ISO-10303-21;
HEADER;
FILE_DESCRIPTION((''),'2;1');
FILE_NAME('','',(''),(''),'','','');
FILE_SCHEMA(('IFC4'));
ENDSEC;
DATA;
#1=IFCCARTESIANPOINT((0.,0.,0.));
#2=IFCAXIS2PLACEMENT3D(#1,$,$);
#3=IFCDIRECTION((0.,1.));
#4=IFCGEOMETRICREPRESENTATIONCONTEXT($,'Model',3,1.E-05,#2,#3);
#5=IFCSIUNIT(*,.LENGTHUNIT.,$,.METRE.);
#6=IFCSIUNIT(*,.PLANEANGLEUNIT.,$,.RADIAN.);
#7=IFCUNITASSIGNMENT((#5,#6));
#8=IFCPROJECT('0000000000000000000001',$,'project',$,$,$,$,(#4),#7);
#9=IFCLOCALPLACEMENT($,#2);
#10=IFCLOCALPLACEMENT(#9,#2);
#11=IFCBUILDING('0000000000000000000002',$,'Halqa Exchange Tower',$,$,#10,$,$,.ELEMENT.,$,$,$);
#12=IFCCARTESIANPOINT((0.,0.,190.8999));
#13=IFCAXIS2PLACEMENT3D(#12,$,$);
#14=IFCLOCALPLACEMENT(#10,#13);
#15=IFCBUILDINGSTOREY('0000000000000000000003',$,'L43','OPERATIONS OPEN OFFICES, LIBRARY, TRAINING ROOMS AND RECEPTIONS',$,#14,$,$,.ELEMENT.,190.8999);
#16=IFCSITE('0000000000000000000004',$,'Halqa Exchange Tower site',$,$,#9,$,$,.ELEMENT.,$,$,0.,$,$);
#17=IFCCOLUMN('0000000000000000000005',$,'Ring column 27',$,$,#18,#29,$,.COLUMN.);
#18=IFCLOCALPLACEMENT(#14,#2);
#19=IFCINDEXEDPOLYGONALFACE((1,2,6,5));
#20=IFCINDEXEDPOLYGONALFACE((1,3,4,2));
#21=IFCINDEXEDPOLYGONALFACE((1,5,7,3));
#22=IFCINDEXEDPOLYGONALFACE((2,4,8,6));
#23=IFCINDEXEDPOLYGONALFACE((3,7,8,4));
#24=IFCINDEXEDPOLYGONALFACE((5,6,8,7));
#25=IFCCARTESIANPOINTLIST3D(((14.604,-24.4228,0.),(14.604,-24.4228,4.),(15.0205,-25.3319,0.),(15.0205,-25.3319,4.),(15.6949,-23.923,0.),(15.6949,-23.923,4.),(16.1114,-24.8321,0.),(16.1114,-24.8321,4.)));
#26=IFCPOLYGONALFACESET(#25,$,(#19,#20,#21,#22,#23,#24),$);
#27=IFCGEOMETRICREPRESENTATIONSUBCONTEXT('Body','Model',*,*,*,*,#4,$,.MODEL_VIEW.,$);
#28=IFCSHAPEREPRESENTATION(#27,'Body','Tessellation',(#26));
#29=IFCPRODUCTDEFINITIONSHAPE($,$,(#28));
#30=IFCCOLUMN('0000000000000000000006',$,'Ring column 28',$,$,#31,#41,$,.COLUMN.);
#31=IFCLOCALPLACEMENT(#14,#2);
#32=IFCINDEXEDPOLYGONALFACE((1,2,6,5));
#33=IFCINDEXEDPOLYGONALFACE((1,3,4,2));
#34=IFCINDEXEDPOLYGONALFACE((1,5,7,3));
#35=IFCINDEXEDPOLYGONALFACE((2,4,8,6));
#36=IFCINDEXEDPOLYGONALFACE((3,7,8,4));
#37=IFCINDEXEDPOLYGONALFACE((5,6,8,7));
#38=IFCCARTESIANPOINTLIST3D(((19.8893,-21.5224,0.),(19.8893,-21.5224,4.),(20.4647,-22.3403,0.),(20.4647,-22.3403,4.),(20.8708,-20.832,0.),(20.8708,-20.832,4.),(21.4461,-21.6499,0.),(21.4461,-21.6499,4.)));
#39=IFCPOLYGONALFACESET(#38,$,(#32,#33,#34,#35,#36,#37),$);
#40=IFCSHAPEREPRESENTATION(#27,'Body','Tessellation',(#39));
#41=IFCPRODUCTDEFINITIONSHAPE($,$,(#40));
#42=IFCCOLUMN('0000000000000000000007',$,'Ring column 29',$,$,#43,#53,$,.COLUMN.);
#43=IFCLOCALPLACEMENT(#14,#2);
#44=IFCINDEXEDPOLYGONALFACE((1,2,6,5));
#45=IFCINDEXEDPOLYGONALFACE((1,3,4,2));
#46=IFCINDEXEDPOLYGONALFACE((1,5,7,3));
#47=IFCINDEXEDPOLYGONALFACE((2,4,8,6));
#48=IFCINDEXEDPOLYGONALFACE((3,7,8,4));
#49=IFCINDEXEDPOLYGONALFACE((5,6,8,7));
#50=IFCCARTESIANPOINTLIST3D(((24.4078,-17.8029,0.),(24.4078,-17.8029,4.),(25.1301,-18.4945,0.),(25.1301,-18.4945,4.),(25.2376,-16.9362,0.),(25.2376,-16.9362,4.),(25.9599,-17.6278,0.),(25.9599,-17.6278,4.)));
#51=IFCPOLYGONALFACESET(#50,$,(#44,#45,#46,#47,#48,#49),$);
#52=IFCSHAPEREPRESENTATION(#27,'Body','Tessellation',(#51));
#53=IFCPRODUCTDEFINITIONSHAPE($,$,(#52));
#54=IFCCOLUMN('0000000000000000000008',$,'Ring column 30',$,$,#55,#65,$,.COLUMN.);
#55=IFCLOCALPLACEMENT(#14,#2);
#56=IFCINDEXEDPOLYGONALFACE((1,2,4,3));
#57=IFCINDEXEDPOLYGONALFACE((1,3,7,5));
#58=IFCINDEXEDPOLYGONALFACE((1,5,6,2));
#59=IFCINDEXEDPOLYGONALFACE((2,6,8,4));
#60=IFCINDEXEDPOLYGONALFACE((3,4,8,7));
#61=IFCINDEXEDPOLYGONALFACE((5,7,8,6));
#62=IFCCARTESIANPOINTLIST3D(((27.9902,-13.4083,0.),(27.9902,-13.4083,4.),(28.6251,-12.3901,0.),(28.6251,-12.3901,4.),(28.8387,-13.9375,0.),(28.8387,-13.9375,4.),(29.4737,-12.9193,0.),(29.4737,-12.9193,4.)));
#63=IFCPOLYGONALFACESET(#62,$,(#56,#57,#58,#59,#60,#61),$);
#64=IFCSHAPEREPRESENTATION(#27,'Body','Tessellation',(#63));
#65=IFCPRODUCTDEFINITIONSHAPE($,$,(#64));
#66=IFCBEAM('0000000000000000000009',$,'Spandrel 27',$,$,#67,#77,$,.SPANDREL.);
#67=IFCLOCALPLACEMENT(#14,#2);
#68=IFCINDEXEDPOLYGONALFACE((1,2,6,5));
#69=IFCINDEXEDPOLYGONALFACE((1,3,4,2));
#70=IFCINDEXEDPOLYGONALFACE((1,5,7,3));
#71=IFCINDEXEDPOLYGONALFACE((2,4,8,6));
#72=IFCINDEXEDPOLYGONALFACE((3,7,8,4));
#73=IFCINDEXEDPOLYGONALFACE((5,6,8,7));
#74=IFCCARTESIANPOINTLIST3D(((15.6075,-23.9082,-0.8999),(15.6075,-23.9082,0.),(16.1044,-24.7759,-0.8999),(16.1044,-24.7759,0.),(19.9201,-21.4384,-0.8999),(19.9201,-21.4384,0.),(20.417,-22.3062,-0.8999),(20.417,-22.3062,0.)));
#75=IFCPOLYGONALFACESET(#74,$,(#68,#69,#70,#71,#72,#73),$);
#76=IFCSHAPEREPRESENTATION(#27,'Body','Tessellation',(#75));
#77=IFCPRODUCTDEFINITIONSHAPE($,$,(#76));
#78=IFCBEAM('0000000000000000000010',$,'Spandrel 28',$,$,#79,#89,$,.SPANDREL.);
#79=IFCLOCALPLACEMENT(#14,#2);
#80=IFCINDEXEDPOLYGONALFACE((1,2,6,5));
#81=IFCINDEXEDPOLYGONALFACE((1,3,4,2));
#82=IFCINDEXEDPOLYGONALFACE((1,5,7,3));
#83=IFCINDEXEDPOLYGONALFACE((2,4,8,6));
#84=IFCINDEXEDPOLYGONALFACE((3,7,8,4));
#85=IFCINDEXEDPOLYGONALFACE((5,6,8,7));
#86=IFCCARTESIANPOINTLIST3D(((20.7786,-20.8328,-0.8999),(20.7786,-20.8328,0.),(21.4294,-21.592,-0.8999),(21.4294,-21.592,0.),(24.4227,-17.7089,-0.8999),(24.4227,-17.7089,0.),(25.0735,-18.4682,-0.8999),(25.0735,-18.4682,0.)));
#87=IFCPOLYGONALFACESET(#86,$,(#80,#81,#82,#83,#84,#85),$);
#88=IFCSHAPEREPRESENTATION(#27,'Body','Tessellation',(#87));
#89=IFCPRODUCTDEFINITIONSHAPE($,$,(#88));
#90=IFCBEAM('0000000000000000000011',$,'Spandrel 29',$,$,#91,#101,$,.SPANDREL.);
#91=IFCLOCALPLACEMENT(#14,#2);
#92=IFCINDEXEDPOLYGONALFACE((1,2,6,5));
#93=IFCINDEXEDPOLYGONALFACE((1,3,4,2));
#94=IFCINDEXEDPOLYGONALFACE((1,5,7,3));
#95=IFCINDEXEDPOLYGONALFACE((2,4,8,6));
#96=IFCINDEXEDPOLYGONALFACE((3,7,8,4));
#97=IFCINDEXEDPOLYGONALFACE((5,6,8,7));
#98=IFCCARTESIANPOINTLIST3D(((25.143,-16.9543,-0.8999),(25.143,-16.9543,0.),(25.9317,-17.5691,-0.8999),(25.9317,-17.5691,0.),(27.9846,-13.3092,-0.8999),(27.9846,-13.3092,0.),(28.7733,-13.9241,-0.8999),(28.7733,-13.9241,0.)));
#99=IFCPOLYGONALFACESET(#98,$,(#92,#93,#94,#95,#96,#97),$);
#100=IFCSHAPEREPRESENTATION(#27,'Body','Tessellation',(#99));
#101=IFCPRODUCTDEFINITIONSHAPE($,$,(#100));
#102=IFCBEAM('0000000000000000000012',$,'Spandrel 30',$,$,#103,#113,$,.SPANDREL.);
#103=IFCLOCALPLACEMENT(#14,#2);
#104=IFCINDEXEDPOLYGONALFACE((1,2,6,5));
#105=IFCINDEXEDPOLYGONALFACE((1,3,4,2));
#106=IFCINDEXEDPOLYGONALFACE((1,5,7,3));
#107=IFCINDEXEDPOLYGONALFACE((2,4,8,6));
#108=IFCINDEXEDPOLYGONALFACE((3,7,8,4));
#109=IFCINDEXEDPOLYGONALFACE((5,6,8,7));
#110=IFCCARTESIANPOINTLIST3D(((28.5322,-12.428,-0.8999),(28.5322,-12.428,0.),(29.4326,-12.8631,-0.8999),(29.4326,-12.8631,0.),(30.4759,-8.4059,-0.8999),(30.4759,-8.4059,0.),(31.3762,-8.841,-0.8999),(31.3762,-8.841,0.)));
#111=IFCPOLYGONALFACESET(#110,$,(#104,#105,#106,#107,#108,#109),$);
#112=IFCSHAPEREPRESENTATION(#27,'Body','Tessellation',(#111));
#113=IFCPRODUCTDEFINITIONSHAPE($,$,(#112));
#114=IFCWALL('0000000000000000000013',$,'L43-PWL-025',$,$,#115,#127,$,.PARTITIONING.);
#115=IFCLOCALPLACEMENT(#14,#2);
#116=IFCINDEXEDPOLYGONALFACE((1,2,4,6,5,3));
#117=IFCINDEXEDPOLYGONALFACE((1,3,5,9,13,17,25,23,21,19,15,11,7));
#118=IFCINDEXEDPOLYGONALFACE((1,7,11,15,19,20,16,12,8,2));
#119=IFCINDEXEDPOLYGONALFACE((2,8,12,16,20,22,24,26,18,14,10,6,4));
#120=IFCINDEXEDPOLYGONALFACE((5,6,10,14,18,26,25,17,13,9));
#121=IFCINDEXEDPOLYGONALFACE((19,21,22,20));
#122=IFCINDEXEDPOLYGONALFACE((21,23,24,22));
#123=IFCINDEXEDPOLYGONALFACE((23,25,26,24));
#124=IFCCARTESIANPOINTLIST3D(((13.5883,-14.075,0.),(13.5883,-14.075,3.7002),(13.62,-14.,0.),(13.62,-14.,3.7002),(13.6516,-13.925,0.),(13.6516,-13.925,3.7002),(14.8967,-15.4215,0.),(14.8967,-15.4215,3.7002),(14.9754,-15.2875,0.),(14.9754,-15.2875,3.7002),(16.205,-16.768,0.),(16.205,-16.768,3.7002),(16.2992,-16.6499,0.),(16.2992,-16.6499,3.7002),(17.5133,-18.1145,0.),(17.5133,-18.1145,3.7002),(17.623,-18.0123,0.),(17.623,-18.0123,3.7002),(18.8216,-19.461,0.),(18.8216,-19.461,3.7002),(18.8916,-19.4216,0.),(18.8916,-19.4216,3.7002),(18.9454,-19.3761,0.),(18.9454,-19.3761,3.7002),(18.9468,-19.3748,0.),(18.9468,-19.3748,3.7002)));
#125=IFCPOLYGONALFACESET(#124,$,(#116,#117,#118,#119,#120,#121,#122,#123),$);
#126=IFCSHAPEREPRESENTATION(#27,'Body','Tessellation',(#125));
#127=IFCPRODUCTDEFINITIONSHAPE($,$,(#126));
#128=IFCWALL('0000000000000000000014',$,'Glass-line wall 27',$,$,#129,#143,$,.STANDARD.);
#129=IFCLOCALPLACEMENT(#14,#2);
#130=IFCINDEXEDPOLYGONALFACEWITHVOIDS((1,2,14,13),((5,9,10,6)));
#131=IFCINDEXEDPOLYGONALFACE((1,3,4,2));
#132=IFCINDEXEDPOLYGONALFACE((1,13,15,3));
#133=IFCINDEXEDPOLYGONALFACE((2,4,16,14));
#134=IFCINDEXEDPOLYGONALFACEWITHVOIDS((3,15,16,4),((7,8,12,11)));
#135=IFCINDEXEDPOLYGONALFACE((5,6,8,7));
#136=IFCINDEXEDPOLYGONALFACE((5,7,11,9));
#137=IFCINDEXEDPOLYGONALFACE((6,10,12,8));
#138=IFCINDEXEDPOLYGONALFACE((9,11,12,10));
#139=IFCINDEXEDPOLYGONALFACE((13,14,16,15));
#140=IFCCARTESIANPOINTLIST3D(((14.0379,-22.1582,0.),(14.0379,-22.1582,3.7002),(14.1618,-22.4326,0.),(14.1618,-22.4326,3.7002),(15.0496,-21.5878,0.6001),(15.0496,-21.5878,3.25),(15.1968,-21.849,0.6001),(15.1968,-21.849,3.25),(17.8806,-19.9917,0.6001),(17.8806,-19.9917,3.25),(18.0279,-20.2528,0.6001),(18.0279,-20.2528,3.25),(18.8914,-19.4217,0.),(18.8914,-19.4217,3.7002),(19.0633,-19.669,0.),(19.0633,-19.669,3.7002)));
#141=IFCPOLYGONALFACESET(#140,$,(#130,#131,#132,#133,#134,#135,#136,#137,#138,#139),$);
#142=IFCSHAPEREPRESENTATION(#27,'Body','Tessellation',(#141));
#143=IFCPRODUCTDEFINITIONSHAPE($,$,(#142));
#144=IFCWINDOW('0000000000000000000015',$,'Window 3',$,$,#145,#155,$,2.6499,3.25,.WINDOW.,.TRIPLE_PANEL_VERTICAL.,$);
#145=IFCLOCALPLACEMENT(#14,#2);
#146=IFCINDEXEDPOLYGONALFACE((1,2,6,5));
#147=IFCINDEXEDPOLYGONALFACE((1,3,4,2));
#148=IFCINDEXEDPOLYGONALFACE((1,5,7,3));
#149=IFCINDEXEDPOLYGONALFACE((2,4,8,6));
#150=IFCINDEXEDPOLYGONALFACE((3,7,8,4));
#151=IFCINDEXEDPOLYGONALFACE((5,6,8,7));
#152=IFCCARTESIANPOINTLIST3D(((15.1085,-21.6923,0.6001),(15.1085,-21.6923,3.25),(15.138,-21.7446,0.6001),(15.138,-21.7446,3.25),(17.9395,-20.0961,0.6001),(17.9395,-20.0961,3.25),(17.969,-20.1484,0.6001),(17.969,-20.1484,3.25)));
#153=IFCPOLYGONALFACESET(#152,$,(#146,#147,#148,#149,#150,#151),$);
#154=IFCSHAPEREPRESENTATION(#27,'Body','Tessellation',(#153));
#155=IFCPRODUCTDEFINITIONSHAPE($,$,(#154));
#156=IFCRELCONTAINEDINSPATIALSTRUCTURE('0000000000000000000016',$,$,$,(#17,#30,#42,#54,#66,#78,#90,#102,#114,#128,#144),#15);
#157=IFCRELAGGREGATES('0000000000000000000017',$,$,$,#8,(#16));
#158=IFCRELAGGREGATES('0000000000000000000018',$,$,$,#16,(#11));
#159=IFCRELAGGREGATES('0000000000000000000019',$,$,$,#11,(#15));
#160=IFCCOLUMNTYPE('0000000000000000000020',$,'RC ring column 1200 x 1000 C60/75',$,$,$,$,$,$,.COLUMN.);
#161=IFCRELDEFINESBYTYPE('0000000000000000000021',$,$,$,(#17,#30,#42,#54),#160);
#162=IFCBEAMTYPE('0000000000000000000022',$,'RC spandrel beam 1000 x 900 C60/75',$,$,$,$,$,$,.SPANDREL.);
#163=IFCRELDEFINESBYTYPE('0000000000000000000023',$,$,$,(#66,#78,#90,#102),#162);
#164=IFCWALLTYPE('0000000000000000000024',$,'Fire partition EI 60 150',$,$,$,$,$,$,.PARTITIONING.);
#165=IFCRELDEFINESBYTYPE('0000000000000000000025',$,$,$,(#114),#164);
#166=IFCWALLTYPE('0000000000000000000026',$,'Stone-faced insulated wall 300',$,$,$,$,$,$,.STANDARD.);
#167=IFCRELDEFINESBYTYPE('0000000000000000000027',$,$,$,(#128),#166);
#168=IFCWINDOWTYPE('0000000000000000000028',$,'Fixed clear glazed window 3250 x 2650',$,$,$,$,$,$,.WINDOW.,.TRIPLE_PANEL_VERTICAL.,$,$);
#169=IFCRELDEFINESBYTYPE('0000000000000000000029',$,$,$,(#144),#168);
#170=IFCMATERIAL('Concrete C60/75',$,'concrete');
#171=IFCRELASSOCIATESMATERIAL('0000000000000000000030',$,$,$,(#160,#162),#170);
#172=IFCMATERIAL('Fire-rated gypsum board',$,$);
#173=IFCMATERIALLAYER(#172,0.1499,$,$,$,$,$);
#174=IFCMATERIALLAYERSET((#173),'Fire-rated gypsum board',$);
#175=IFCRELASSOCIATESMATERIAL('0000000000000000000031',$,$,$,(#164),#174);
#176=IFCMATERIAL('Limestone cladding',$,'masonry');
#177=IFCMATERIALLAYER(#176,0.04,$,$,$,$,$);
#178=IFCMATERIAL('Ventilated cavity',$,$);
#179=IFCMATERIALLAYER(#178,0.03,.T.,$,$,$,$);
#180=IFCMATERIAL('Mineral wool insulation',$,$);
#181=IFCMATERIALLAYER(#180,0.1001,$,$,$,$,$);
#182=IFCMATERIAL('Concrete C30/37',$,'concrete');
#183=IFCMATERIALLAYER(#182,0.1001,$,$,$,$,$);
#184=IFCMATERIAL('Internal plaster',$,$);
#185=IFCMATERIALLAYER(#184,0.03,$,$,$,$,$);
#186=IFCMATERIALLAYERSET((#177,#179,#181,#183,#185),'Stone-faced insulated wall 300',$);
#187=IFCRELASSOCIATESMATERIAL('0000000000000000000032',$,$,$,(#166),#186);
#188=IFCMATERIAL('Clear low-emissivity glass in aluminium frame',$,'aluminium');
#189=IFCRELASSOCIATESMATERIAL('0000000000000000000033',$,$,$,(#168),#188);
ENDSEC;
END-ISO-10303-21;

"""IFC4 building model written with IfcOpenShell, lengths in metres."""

from ifc_helpers import new_model, si_unit, direction, frame, frame_2d, origin, origin_2d, place, context, subcontext, project, spatial, polyline, rectangle, outline, extrude, material, layer, layer_set, material_profile, profile_set, type_object, element, fill, save


model = new_model("IFC4")

# Units and contexts
model_context = context("Model", 3, precision=1e-05, world=origin(), true_north=direction((0.0, 1.0)))
body_context = subcontext(model_context, "Body", "Model", "MODEL_VIEW")
ifc_project = project(units=[si_unit("LENGTHUNIT", "METRE"), si_unit("PLANEANGLEUNIT", "RADIAN")], contexts=[model_context])

# Site, building, storey
site_placement = place(None, origin())
site = spatial("IfcSite", under=ifc_project, at=site_placement, Name="Halqa Exchange Tower site", CompositionType="ELEMENT", RefElevation=0.0)
building_placement = place(site_placement, origin())
building = spatial("IfcBuilding", under=site, at=building_placement, Name="Halqa Exchange Tower", CompositionType="ELEMENT")
storey_placement = place(building_placement, frame((0.0, 0.0, 190.8999)))
storey = spatial("IfcBuildingStorey", under=building, at=storey_placement, Name="L43", Description="OPERATIONS OPEN OFFICES, LIBRARY, TRAINING ROOMS AND RECEPTIONS", CompositionType="ELEMENT", Elevation=190.8999)

# Columns
ifc_material_1 = material(Name="Concrete C60/75", Category="concrete")
ifc_material_profile_1 = material_profile(ifc_material_1, rectangle(XDim=1.2, YDim=1.0, at=origin_2d()), Name="1200 x 1000")
ifc_profile_set_1 = profile_set([ifc_material_profile_1], Name="Concrete C60/75")
column_type = type_object("IfcColumnType", Name="RC ring column 1200 x 1000 C60/75", PredefinedType="COLUMN", material=ifc_profile_set_1)
for number, where, z_axis, x_axis, name in (
    (1, (15.3577, -24.6274, 0.0), (0.0, 0.0, 1.0), (0.909126, 0.416522, 0.0), "Ring column 27"),
    (2, (20.6677, -21.5862, 0.0), (0.0, 0.0, 1.0), (0.817906, 0.575352, 0.0), "Ring column 28"),
    (3, (25.1838, -17.7153, 0.0), (0.0, 0.0, 1.0), (0.691576, 0.722304, 0.0), "Ring column 29"),
    (4, (28.7319, -13.1638, 0.0), (0.0, 0.0, 1.0), (0.529145, 0.848531, 0.0), "Ring column 30"),
):
    element("IfcColumn", number, at=place(storey_placement, frame(where, z_axis=z_axis, x_axis=x_axis)), inside=storey, type_object=column_type, Name=name, PredefinedType="COLUMN", context=body_context, shape_type="SweptSolid", body=[
        extrude(rectangle(XDim=1.2, YDim=1.0, at=origin_2d()), origin(), (0.0, 0.0, 1.0), 4.0),
    ])

# Beams
ifc_material_profile_2 = material_profile(ifc_material_1, rectangle(XDim=1.0, YDim=0.8999, at=origin_2d()), Name="1000 x 900")
ifc_profile_set_2 = profile_set([ifc_material_profile_2], Name="Concrete C60/75")
beam_type = type_object("IfcBeamType", Name="RC spandrel beam 1000 x 900 C60/75", PredefinedType="SPANDREL", material=ifc_profile_set_2)
beam_1_placement = place(storey_placement, frame((15.856, -24.342, -0.45), z_axis=(0.867771, 0.496964, 0.0), x_axis=(-0.496964, 0.867771, 0.0)))
element("IfcBeam", 5, at=beam_1_placement, inside=storey, type_object=beam_type, Name="Spandrel 27", PredefinedType="SPANDREL", context=body_context, shape_type="SweptSolid", body=[
    extrude(rectangle(XDim=1.0, YDim=0.8999, at=origin_2d()), origin(), (0.0, 0.0, 1.0), 4.9697),
])
beam_2_placement = place(storey_placement, frame((21.104, -21.2124, -0.45), z_axis=(0.759224, 0.650829, 0.0), x_axis=(-0.650829, 0.759224, 0.0)))
element("IfcBeam", 6, at=beam_2_placement, inside=storey, type_object=beam_type, Name="Spandrel 28", PredefinedType="SPANDREL", context=body_context, shape_type="SweptSolid", body=[
    extrude(rectangle(XDim=1.0, YDim=0.8999, at=origin_2d()), origin(), (0.0, 0.0, 1.0), 4.7998),
])
beam_3_placement = place(storey_placement, frame((25.5374, -17.2617, -0.45), z_axis=(0.614822, 0.788666, 0.0), x_axis=(-0.788666, 0.614822, 0.0)))
element("IfcBeam", 7, at=beam_3_placement, inside=storey, type_object=beam_type, Name="Spandrel 29", PredefinedType="SPANDREL", context=body_context, shape_type="SweptSolid", body=[
    extrude(rectangle(XDim=1.0, YDim=0.8999, at=origin_2d()), origin(), (0.0, 0.0, 1.0), 4.6218),
])
beam_4_placement = place(storey_placement, frame((28.9824, -12.6455, -0.45), z_axis=(0.435105, 0.90038, 0.0), x_axis=(-0.90038, 0.435105, 0.0)))
element("IfcBeam", 8, at=beam_4_placement, inside=storey, type_object=beam_type, Name="Spandrel 30", PredefinedType="SPANDREL", context=body_context, shape_type="SweptSolid", body=[
    extrude(rectangle(XDim=1.0, YDim=0.8999, at=origin_2d()), origin(), (0.0, 0.0, 1.0), 4.467),
])

# Wall
ifc_material_2 = material(Name="Fire-rated gypsum board")
ifc_layer_1 = layer(ifc_material_2, 0.1499)
ifc_layer_set_1 = layer_set([ifc_layer_1], Name="Fire-rated gypsum board")
wall_type_1 = type_object("IfcWallType", Name="Fire partition EI 60 150", PredefinedType="PARTITIONING", material=ifc_layer_set_1)
wall_1_placement = place(storey_placement, frame((18.8931, -19.427, 0.0), z_axis=(0.0, 0.0, 1.0), x_axis=(-0.696865, 0.717203, 0.0)))
element("IfcWall", 9, at=wall_1_placement, inside=storey, type_object=wall_type_1, Name="L43-PWL-025", PredefinedType="PARTITIONING", context=body_context, shape_type="SweptSolid", body=[
    extrude(outline(polyline([(0.0, -0.075), (1.8997, -0.075), (3.7993, -0.075), (5.699, -0.075), (7.5986, -0.075), (7.5669, 0.0), (7.5352, 0.075), (5.6577, 0.075), (3.7803, 0.075), (1.9028, 0.075), (0.0254, 0.075), (0.0049, -0.0027), (0.0, -0.073), (0.0, -0.075)])), origin(), (0.0, 0.0, 1.0), 3.7002),
])

# Wall, opening, window
ifc_material_3 = material(Name="Limestone cladding", Category="masonry")
ifc_layer_2 = layer(ifc_material_3, 0.04)
ifc_material_4 = material(Name="Ventilated cavity")
ifc_layer_3 = layer(ifc_material_4, 0.03, ventilated=True)
ifc_material_5 = material(Name="Mineral wool insulation")
ifc_layer_4 = layer(ifc_material_5, 0.1001)
ifc_material_6 = material(Name="Concrete C30/37", Category="concrete")
ifc_layer_5 = layer(ifc_material_6, 0.1001)
ifc_material_7 = material(Name="Internal plaster")
ifc_layer_6 = layer(ifc_material_7, 0.03)
ifc_layer_set_2 = layer_set([ifc_layer_2, ifc_layer_3, ifc_layer_4, ifc_layer_5, ifc_layer_6], Name="Stone-faced insulated wall 300")
wall_type_2 = type_object("IfcWallType", Name="Stone-faced insulated wall 300", PredefinedType="STANDARD", material=ifc_layer_set_2)
wall_2_placement = place(storey_placement, frame((14.0999, -22.2954, 0.0), z_axis=(0.0, 0.0, 1.0), x_axis=(0.871084, 0.491135, 0.0)))
wall_2 = element("IfcWall", 10, at=wall_2_placement, inside=storey, type_object=wall_type_2, Name="Glass-line wall 27", PredefinedType="STANDARD", context=body_context, shape_type="SweptSolid", body=[
    extrude(outline(polyline([(-0.0134, -0.1499), (5.6135, -0.1499), (5.5852, 0.1499), (0.0134, 0.1499), (-0.0134, -0.1499)])), origin(), (0.0, 0.0, 1.0), 3.7002),
])
opening_1_placement = place(wall_2_placement, frame((1.1748, 0.0, 0.6001)))
opening_1 = element("IfcOpeningElement", 11, at=opening_1_placement, cuts=wall_2, PredefinedType="OPENING", context=body_context, shape_type="SweptSolid", body=[
    extrude(rectangle(XDim=3.25, YDim=2.6499, at=frame_2d((1.625, 1.325))), frame((0.0, 0.1621, 0.0), z_axis=(0.0, -1.0, 0.0), x_axis=(1.0, 0.0, 0.0)), (0.0, 0.0, 1.0), 0.324),
])
ifc_material_8 = material(Name="Clear low-emissivity glass in aluminium frame", Category="aluminium")
window_type = type_object("IfcWindowType", Name="Fixed clear glazed window 3250 x 2650", PartitioningType="TRIPLE_PANEL_VERTICAL", PredefinedType="WINDOW", material=ifc_material_8)
window_1_placement = place(opening_1_placement, origin())
window_1 = element("IfcWindow", 12, at=window_1_placement, inside=storey, type_object=window_type, Name="Window 3", OverallHeight=2.6499, OverallWidth=3.25, PartitioningType="TRIPLE_PANEL_VERTICAL", PredefinedType="WINDOW", context=body_context, shape_type="SweptSolid", body=[
    extrude(rectangle(XDim=3.25, YDim=2.6499, at=frame_2d((1.625, 1.325))), frame((0.0, 0.03, 0.0), z_axis=(0.0, -1.0, 0.0), x_axis=(1.0, 0.0, 0.0)), (0.0, 0.0, 1.0), 0.0601),
])
fill(opening_1, window_1)

save(model, "model.ifc")
